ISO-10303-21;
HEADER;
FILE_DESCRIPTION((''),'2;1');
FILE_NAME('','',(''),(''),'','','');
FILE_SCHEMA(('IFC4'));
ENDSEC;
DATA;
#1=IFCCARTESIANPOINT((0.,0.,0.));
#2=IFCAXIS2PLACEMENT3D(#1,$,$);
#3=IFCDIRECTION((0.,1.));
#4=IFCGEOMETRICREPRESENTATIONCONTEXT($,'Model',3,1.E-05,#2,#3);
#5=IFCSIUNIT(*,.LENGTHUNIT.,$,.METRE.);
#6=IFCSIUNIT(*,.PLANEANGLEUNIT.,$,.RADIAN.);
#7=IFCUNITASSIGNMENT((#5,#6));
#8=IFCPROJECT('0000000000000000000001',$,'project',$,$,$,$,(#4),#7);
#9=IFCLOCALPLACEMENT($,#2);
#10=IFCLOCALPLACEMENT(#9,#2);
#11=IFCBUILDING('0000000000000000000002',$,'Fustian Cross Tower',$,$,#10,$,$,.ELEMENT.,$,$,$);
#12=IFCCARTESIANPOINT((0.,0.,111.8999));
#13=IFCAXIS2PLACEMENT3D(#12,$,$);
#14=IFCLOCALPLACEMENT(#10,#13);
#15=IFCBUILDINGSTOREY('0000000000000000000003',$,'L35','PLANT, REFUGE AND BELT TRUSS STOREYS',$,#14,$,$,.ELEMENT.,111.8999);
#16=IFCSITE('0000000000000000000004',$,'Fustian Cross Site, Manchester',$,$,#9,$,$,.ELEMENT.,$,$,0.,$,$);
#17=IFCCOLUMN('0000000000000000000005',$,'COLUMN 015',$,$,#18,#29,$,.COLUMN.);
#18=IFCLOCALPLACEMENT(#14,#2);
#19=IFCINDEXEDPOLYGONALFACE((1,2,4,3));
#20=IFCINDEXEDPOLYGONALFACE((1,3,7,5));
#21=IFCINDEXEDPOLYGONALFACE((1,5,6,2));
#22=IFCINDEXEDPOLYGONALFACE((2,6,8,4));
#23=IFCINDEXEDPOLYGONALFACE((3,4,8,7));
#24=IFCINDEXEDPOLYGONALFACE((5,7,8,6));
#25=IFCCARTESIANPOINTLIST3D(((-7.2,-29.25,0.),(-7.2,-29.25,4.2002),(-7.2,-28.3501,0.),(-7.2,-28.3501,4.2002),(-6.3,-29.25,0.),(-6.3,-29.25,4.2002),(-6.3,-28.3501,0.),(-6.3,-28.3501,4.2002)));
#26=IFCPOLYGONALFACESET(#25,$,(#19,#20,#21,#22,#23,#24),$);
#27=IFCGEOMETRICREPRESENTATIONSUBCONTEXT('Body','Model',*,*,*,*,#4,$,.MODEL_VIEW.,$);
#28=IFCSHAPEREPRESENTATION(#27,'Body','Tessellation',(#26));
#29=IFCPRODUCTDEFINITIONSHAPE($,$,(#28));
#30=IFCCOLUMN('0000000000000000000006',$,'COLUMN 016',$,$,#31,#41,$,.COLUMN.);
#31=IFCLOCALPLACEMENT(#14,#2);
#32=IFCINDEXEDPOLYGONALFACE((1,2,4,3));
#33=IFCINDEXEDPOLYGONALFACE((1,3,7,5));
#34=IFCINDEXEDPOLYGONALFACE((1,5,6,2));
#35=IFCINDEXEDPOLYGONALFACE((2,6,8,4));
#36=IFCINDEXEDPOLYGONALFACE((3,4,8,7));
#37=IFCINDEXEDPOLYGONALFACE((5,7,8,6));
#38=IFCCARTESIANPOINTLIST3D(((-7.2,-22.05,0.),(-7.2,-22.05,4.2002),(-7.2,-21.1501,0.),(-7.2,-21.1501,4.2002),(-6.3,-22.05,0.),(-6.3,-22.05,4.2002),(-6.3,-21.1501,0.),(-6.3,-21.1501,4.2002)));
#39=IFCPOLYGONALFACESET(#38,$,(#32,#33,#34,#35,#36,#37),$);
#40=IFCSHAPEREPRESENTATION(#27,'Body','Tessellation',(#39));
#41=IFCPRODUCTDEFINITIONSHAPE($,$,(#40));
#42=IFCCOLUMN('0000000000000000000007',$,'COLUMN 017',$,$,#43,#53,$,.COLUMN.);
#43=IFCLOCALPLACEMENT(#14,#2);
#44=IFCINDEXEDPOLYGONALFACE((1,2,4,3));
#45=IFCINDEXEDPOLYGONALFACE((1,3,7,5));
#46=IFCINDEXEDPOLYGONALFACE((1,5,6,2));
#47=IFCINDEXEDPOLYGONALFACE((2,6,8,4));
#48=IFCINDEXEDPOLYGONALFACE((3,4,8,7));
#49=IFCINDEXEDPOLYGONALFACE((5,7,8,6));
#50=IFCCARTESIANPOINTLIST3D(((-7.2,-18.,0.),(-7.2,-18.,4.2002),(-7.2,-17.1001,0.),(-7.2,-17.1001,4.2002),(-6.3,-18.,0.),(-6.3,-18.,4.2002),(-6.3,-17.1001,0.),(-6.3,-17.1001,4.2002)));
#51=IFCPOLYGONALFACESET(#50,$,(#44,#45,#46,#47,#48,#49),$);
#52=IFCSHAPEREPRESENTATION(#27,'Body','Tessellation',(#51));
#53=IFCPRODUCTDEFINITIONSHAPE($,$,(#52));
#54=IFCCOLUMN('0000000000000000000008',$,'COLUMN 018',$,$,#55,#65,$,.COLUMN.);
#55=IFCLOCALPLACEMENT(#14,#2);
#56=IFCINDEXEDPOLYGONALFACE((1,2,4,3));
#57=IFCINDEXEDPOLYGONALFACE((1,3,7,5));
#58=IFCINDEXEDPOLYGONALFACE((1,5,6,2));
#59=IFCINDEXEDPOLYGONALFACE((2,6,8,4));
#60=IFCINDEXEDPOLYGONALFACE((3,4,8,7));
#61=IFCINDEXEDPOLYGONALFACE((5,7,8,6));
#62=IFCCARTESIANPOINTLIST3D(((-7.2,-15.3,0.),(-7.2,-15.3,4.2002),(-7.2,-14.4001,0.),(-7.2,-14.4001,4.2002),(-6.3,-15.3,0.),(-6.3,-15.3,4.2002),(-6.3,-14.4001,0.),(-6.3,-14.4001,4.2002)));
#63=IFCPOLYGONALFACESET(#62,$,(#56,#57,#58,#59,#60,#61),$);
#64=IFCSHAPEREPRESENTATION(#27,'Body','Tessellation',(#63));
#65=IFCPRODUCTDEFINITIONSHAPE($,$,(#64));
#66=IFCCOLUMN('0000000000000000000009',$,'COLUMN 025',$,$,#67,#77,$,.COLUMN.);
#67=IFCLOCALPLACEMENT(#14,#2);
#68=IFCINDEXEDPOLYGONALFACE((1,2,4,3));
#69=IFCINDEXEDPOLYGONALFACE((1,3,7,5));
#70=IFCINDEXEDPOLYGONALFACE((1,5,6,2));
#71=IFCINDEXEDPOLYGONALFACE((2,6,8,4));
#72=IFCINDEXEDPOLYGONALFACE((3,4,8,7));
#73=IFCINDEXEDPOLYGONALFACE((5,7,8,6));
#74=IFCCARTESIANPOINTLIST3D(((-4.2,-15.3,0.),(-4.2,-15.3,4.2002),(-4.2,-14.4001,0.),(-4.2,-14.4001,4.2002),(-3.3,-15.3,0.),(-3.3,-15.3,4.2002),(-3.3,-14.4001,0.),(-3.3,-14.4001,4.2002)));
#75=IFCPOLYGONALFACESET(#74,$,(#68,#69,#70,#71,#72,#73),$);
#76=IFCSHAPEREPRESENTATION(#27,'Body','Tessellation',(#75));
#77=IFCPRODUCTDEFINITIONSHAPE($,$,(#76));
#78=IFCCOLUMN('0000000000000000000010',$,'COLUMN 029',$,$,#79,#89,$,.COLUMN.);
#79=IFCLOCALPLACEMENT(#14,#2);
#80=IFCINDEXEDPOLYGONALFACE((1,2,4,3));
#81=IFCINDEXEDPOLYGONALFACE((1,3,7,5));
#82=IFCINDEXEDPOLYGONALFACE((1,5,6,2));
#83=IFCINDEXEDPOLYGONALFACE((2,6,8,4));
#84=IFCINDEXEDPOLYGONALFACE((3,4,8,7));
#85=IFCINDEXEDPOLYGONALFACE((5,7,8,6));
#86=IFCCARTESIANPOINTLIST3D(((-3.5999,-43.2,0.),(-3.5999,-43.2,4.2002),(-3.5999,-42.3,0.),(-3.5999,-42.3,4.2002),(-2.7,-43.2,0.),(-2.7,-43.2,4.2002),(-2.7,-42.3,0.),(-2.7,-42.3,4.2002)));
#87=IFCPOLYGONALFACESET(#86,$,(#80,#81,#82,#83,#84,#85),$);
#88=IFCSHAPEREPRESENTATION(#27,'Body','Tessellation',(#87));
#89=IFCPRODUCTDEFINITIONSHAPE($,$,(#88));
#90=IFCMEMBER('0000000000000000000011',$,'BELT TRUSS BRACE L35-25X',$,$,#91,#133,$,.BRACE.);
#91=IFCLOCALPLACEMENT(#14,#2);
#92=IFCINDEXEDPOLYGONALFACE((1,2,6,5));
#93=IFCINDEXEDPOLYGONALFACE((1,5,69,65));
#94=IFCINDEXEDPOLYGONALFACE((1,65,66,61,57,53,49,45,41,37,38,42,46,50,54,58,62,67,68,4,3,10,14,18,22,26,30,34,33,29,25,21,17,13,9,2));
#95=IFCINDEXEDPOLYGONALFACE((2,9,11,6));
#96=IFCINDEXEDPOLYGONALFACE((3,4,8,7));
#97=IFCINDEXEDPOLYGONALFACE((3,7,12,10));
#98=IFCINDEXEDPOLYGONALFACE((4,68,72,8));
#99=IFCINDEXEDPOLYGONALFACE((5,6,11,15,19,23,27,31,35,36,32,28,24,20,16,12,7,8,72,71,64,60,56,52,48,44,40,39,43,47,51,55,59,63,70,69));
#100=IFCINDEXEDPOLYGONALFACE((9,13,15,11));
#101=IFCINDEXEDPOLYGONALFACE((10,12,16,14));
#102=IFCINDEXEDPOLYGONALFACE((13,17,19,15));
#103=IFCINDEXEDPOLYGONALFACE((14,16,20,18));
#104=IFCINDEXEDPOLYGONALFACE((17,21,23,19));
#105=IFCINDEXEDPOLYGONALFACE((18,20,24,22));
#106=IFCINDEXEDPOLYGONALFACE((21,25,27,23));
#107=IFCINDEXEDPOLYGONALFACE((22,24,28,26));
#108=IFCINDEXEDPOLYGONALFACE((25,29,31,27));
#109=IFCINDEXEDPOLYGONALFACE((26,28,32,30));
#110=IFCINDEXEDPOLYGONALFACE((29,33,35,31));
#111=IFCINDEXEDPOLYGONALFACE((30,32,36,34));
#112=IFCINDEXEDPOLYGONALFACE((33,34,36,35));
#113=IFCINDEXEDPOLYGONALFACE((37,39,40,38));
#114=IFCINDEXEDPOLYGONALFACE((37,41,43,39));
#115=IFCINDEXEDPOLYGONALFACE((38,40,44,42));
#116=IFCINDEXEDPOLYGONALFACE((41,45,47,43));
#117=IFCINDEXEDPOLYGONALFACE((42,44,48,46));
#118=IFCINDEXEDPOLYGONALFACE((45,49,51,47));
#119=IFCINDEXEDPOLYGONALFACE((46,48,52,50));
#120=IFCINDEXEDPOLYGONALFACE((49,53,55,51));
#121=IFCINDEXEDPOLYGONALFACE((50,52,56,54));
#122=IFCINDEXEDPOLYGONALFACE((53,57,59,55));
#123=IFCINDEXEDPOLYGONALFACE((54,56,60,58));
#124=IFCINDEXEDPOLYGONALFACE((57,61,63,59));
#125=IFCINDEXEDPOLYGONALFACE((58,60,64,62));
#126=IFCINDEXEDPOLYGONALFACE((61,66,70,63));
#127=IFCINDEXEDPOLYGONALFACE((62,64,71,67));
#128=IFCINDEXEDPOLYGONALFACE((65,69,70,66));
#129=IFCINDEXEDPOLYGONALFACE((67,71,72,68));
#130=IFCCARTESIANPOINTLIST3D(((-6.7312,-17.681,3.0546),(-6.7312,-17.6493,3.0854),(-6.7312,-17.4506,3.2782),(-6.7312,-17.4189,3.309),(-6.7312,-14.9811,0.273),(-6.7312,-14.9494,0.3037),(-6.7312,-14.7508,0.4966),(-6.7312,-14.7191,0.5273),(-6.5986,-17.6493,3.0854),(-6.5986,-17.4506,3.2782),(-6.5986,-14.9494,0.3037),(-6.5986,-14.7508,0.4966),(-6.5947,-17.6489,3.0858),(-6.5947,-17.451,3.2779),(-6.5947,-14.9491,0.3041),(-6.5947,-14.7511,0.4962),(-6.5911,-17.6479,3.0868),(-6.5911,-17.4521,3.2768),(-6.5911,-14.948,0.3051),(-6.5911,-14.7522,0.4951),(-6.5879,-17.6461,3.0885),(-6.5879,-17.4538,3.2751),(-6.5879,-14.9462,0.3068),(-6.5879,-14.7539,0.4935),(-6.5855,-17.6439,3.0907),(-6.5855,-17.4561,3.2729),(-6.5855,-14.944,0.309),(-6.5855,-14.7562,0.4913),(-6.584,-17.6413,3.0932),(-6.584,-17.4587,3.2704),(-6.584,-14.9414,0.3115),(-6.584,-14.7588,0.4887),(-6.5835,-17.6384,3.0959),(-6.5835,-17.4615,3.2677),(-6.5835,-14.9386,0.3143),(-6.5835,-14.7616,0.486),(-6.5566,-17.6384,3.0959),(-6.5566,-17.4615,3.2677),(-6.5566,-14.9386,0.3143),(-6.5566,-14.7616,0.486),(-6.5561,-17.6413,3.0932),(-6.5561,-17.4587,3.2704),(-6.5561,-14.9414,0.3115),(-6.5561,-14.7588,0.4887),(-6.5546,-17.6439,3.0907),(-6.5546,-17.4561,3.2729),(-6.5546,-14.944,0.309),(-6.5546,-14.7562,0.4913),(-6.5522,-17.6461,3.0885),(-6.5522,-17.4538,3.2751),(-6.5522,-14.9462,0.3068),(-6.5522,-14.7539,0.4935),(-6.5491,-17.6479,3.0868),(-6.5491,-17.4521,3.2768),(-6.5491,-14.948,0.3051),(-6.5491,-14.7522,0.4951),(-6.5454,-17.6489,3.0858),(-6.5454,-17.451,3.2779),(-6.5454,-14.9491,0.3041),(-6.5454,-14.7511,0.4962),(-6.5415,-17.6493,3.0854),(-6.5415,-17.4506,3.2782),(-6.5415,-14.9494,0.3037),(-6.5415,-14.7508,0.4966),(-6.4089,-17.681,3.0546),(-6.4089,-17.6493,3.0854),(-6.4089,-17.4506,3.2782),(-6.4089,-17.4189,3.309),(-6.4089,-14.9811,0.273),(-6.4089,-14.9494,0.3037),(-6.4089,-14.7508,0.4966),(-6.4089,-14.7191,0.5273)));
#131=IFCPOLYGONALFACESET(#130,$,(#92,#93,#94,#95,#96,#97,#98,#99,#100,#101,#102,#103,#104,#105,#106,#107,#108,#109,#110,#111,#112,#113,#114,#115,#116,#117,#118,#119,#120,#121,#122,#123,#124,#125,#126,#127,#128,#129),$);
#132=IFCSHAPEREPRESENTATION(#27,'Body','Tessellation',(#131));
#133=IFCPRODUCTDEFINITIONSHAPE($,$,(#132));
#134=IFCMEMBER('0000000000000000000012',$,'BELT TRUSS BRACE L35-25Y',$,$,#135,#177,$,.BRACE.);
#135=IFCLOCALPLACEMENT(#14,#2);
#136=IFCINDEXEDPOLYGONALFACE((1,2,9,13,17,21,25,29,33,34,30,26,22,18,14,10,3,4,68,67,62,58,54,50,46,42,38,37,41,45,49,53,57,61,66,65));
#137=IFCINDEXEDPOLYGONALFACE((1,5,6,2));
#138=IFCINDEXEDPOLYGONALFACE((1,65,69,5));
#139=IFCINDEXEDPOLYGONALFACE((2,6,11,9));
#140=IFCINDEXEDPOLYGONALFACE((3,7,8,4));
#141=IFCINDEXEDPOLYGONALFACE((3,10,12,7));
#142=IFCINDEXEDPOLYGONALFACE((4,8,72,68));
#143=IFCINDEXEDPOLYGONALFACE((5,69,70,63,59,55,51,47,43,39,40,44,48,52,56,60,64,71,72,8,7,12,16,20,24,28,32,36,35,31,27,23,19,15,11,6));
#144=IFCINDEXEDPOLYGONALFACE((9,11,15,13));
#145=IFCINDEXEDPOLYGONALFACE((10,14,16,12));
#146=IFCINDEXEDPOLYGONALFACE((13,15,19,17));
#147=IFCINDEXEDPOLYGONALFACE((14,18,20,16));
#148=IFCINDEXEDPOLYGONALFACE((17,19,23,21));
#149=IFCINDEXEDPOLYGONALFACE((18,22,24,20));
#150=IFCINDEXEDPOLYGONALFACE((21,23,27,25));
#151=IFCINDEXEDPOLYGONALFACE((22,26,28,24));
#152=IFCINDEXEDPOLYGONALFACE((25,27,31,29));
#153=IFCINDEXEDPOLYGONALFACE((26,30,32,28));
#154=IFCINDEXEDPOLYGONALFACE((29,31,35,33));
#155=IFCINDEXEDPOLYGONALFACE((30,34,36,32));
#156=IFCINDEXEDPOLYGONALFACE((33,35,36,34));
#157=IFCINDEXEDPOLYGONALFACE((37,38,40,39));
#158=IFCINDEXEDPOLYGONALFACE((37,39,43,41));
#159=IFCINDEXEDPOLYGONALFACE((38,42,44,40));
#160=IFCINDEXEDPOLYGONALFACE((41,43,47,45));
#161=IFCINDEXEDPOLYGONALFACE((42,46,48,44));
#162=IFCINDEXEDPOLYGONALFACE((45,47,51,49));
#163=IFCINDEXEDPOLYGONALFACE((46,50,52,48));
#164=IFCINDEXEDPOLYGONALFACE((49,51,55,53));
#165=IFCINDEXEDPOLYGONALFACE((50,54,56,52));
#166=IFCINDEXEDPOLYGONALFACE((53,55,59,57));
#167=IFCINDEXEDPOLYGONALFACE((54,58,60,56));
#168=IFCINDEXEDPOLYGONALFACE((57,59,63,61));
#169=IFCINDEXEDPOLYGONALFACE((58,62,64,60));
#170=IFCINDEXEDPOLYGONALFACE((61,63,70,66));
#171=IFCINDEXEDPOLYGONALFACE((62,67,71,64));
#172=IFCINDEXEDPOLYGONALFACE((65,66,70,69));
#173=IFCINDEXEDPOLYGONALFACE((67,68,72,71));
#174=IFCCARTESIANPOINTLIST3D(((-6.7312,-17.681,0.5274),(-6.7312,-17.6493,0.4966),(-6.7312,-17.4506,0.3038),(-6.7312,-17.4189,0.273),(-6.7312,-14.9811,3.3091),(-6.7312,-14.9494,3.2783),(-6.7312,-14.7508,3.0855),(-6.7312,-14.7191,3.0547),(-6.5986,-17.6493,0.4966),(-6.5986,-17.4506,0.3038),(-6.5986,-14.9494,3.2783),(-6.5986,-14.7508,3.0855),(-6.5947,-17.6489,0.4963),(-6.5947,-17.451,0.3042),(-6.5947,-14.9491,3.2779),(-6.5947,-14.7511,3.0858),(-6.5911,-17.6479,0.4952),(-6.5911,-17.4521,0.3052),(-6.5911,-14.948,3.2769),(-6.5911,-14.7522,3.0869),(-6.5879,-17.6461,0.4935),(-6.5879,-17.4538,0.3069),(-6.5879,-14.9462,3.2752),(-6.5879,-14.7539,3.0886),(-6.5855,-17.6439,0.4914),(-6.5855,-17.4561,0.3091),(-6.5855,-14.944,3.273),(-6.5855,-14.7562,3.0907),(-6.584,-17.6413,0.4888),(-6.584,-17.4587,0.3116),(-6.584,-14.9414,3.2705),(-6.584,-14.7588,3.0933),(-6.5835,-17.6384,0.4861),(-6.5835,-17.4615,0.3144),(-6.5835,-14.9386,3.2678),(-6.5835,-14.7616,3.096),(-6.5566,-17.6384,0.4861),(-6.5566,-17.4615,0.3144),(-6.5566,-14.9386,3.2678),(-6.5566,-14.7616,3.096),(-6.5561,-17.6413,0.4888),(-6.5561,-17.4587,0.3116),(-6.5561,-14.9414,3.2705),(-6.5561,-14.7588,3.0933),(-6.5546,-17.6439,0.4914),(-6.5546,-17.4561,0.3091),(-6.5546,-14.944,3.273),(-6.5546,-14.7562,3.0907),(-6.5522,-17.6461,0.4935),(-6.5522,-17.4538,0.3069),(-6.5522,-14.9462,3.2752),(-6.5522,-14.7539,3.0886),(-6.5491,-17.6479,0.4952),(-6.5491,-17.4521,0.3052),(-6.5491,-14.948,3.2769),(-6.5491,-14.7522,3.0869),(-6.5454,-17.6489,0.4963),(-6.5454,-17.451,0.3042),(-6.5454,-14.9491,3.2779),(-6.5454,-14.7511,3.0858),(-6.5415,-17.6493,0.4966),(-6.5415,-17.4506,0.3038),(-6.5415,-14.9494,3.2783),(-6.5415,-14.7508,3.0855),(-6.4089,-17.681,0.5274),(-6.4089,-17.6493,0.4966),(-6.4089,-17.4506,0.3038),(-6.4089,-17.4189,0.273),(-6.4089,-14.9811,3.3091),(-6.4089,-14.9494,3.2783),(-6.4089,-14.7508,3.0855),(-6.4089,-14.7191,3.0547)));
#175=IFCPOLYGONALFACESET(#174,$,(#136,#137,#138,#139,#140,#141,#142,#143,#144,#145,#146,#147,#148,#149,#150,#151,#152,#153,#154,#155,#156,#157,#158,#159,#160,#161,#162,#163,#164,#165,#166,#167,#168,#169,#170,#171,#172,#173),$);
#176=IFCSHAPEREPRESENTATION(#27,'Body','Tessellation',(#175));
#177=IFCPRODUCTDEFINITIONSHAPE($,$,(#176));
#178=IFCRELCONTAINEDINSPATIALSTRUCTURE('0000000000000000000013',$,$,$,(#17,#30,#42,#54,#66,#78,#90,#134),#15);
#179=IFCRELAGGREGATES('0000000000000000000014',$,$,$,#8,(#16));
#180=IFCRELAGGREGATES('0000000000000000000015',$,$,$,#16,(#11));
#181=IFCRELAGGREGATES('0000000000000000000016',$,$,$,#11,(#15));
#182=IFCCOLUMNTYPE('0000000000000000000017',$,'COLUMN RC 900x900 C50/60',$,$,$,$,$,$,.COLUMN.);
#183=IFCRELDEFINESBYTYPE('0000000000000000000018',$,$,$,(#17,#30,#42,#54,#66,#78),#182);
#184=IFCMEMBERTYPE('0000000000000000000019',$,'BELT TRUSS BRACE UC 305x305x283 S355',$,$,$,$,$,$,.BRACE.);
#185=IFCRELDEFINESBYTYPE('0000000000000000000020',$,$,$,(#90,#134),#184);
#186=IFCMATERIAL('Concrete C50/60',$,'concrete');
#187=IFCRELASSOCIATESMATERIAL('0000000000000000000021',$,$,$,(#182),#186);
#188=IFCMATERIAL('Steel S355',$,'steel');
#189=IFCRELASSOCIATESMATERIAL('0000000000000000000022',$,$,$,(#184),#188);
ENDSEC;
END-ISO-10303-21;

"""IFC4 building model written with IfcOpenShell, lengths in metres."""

from ifc_helpers import new_model, si_unit, direction, frame, origin, origin_2d, place, context, subcontext, project, spatial, rectangle, i_section, extrude, material, material_profile, profile_set, type_object, element, save


model = new_model("IFC4")

# Units and contexts
model_context = context("Model", 3, precision=1e-05, world=origin(), true_north=direction((0.0, 1.0)))
body_context = subcontext(model_context, "Body", "Model", "MODEL_VIEW")
ifc_project = project(units=[si_unit("LENGTHUNIT", "METRE"), si_unit("PLANEANGLEUNIT", "RADIAN")], contexts=[model_context])

# Site, building, storey
site_placement = place(None, origin())
site = spatial("IfcSite", under=ifc_project, at=site_placement, Name="Fustian Cross Site, Manchester", CompositionType="ELEMENT", RefElevation=0.0)
building_placement = place(site_placement, origin())
building = spatial("IfcBuilding", under=site, at=building_placement, Name="Fustian Cross Tower", CompositionType="ELEMENT")
storey_placement = place(building_placement, frame((0.0, 0.0, 111.8999)))
storey = spatial("IfcBuildingStorey", under=building, at=storey_placement, Name="L35", Description="PLANT, REFUGE AND BELT TRUSS STOREYS", CompositionType="ELEMENT", Elevation=111.8999)

# Columns
ifc_material_1 = material(Name="Concrete C50/60", Category="concrete")
ifc_material_profile_1 = material_profile(ifc_material_1, rectangle(XDim=0.8999, YDim=0.8999, at=origin_2d()), Name="RC 900x900")
ifc_profile_set_1 = profile_set([ifc_material_profile_1], Name="Concrete C50/60")
column_type = type_object("IfcColumnType", Name="COLUMN RC 900x900 C50/60", PredefinedType="COLUMN", material=ifc_profile_set_1)
for number, where, z_axis, x_axis, name in (
    (1, (-6.75, -28.8, 0.0), (0.0, 0.0, 1.0), (1.0, 0.0, 0.0), "COLUMN 015"),
    (2, (-6.75, -21.6001, 0.0), (0.0, 0.0, 1.0), (1.0, 0.0, 0.0), "COLUMN 016"),
    (3, (-6.75, -17.55, 0.0), (0.0, 0.0, 1.0), (1.0, 0.0, 0.0), "COLUMN 017"),
    (4, (-6.75, -14.8501, 0.0), (0.0, 0.0, 1.0), (1.0, 0.0, 0.0), "COLUMN 018"),
    (5, (-3.75, -14.8501, 0.0), (0.0, 0.0, 1.0), (1.0, 0.0, 0.0), "COLUMN 025"),
    (6, (-3.1499, -42.75, 0.0), (0.0, 0.0, 1.0), (1.0, 0.0, 0.0), "COLUMN 029"),
):
    element("IfcColumn", number, at=place(storey_placement, frame(where, z_axis=z_axis, x_axis=x_axis)), inside=storey, type_object=column_type, Name=name, PredefinedType="COLUMN", context=body_context, shape_type="SweptSolid", body=[
        extrude(rectangle(XDim=0.8999, YDim=0.8999, at=origin_2d()), origin(), (0.0, 0.0, 1.0), 4.2002),
    ])

# Members
ifc_material_2 = material(Name="Steel S355", Category="steel")
ifc_material_profile_2 = material_profile(ifc_material_2, i_section(OverallWidth=0.3223, OverallDepth=0.3652, WebThickness=0.0269, FlangeThickness=0.0442, FilletRadius=0.0151, at=origin_2d()), Name="UC 305x305x283")
ifc_profile_set_2 = profile_set([ifc_material_profile_2], Name="Steel S355")
member_type_1 = type_object("IfcMemberType", Name="BELT TRUSS BRACE UC 305x305x283 S355", PredefinedType="BRACE", material=ifc_profile_set_2)
for number, where, z_axis, x_axis, name in (
    (7, (-6.5701, -14.8501, 0.4001), (0.0, -0.696479, 0.717577), (1.0, 0.0, 0.0), "BELT TRUSS BRACE L35-25X"),
    (8, (-6.5701, -14.8501, 3.1819), (0.0, -0.696479, -0.717577), (1.0, 0.0, 0.0), "BELT TRUSS BRACE L35-25Y"),
):
    element("IfcMember", number, at=place(storey_placement, frame(where, z_axis=z_axis, x_axis=x_axis)), inside=storey, type_object=member_type_1, Name=name, PredefinedType="BRACE", context=body_context, shape_type="SweptSolid", body=[
        extrude(i_section(OverallWidth=0.3223, OverallDepth=0.3652, WebThickness=0.0269, FlangeThickness=0.0442, FilletRadius=0.0151, at=origin_2d()), origin(), (0.0, 0.0, 1.0), 3.8765),
    ])

save(model, "model.ifc")
